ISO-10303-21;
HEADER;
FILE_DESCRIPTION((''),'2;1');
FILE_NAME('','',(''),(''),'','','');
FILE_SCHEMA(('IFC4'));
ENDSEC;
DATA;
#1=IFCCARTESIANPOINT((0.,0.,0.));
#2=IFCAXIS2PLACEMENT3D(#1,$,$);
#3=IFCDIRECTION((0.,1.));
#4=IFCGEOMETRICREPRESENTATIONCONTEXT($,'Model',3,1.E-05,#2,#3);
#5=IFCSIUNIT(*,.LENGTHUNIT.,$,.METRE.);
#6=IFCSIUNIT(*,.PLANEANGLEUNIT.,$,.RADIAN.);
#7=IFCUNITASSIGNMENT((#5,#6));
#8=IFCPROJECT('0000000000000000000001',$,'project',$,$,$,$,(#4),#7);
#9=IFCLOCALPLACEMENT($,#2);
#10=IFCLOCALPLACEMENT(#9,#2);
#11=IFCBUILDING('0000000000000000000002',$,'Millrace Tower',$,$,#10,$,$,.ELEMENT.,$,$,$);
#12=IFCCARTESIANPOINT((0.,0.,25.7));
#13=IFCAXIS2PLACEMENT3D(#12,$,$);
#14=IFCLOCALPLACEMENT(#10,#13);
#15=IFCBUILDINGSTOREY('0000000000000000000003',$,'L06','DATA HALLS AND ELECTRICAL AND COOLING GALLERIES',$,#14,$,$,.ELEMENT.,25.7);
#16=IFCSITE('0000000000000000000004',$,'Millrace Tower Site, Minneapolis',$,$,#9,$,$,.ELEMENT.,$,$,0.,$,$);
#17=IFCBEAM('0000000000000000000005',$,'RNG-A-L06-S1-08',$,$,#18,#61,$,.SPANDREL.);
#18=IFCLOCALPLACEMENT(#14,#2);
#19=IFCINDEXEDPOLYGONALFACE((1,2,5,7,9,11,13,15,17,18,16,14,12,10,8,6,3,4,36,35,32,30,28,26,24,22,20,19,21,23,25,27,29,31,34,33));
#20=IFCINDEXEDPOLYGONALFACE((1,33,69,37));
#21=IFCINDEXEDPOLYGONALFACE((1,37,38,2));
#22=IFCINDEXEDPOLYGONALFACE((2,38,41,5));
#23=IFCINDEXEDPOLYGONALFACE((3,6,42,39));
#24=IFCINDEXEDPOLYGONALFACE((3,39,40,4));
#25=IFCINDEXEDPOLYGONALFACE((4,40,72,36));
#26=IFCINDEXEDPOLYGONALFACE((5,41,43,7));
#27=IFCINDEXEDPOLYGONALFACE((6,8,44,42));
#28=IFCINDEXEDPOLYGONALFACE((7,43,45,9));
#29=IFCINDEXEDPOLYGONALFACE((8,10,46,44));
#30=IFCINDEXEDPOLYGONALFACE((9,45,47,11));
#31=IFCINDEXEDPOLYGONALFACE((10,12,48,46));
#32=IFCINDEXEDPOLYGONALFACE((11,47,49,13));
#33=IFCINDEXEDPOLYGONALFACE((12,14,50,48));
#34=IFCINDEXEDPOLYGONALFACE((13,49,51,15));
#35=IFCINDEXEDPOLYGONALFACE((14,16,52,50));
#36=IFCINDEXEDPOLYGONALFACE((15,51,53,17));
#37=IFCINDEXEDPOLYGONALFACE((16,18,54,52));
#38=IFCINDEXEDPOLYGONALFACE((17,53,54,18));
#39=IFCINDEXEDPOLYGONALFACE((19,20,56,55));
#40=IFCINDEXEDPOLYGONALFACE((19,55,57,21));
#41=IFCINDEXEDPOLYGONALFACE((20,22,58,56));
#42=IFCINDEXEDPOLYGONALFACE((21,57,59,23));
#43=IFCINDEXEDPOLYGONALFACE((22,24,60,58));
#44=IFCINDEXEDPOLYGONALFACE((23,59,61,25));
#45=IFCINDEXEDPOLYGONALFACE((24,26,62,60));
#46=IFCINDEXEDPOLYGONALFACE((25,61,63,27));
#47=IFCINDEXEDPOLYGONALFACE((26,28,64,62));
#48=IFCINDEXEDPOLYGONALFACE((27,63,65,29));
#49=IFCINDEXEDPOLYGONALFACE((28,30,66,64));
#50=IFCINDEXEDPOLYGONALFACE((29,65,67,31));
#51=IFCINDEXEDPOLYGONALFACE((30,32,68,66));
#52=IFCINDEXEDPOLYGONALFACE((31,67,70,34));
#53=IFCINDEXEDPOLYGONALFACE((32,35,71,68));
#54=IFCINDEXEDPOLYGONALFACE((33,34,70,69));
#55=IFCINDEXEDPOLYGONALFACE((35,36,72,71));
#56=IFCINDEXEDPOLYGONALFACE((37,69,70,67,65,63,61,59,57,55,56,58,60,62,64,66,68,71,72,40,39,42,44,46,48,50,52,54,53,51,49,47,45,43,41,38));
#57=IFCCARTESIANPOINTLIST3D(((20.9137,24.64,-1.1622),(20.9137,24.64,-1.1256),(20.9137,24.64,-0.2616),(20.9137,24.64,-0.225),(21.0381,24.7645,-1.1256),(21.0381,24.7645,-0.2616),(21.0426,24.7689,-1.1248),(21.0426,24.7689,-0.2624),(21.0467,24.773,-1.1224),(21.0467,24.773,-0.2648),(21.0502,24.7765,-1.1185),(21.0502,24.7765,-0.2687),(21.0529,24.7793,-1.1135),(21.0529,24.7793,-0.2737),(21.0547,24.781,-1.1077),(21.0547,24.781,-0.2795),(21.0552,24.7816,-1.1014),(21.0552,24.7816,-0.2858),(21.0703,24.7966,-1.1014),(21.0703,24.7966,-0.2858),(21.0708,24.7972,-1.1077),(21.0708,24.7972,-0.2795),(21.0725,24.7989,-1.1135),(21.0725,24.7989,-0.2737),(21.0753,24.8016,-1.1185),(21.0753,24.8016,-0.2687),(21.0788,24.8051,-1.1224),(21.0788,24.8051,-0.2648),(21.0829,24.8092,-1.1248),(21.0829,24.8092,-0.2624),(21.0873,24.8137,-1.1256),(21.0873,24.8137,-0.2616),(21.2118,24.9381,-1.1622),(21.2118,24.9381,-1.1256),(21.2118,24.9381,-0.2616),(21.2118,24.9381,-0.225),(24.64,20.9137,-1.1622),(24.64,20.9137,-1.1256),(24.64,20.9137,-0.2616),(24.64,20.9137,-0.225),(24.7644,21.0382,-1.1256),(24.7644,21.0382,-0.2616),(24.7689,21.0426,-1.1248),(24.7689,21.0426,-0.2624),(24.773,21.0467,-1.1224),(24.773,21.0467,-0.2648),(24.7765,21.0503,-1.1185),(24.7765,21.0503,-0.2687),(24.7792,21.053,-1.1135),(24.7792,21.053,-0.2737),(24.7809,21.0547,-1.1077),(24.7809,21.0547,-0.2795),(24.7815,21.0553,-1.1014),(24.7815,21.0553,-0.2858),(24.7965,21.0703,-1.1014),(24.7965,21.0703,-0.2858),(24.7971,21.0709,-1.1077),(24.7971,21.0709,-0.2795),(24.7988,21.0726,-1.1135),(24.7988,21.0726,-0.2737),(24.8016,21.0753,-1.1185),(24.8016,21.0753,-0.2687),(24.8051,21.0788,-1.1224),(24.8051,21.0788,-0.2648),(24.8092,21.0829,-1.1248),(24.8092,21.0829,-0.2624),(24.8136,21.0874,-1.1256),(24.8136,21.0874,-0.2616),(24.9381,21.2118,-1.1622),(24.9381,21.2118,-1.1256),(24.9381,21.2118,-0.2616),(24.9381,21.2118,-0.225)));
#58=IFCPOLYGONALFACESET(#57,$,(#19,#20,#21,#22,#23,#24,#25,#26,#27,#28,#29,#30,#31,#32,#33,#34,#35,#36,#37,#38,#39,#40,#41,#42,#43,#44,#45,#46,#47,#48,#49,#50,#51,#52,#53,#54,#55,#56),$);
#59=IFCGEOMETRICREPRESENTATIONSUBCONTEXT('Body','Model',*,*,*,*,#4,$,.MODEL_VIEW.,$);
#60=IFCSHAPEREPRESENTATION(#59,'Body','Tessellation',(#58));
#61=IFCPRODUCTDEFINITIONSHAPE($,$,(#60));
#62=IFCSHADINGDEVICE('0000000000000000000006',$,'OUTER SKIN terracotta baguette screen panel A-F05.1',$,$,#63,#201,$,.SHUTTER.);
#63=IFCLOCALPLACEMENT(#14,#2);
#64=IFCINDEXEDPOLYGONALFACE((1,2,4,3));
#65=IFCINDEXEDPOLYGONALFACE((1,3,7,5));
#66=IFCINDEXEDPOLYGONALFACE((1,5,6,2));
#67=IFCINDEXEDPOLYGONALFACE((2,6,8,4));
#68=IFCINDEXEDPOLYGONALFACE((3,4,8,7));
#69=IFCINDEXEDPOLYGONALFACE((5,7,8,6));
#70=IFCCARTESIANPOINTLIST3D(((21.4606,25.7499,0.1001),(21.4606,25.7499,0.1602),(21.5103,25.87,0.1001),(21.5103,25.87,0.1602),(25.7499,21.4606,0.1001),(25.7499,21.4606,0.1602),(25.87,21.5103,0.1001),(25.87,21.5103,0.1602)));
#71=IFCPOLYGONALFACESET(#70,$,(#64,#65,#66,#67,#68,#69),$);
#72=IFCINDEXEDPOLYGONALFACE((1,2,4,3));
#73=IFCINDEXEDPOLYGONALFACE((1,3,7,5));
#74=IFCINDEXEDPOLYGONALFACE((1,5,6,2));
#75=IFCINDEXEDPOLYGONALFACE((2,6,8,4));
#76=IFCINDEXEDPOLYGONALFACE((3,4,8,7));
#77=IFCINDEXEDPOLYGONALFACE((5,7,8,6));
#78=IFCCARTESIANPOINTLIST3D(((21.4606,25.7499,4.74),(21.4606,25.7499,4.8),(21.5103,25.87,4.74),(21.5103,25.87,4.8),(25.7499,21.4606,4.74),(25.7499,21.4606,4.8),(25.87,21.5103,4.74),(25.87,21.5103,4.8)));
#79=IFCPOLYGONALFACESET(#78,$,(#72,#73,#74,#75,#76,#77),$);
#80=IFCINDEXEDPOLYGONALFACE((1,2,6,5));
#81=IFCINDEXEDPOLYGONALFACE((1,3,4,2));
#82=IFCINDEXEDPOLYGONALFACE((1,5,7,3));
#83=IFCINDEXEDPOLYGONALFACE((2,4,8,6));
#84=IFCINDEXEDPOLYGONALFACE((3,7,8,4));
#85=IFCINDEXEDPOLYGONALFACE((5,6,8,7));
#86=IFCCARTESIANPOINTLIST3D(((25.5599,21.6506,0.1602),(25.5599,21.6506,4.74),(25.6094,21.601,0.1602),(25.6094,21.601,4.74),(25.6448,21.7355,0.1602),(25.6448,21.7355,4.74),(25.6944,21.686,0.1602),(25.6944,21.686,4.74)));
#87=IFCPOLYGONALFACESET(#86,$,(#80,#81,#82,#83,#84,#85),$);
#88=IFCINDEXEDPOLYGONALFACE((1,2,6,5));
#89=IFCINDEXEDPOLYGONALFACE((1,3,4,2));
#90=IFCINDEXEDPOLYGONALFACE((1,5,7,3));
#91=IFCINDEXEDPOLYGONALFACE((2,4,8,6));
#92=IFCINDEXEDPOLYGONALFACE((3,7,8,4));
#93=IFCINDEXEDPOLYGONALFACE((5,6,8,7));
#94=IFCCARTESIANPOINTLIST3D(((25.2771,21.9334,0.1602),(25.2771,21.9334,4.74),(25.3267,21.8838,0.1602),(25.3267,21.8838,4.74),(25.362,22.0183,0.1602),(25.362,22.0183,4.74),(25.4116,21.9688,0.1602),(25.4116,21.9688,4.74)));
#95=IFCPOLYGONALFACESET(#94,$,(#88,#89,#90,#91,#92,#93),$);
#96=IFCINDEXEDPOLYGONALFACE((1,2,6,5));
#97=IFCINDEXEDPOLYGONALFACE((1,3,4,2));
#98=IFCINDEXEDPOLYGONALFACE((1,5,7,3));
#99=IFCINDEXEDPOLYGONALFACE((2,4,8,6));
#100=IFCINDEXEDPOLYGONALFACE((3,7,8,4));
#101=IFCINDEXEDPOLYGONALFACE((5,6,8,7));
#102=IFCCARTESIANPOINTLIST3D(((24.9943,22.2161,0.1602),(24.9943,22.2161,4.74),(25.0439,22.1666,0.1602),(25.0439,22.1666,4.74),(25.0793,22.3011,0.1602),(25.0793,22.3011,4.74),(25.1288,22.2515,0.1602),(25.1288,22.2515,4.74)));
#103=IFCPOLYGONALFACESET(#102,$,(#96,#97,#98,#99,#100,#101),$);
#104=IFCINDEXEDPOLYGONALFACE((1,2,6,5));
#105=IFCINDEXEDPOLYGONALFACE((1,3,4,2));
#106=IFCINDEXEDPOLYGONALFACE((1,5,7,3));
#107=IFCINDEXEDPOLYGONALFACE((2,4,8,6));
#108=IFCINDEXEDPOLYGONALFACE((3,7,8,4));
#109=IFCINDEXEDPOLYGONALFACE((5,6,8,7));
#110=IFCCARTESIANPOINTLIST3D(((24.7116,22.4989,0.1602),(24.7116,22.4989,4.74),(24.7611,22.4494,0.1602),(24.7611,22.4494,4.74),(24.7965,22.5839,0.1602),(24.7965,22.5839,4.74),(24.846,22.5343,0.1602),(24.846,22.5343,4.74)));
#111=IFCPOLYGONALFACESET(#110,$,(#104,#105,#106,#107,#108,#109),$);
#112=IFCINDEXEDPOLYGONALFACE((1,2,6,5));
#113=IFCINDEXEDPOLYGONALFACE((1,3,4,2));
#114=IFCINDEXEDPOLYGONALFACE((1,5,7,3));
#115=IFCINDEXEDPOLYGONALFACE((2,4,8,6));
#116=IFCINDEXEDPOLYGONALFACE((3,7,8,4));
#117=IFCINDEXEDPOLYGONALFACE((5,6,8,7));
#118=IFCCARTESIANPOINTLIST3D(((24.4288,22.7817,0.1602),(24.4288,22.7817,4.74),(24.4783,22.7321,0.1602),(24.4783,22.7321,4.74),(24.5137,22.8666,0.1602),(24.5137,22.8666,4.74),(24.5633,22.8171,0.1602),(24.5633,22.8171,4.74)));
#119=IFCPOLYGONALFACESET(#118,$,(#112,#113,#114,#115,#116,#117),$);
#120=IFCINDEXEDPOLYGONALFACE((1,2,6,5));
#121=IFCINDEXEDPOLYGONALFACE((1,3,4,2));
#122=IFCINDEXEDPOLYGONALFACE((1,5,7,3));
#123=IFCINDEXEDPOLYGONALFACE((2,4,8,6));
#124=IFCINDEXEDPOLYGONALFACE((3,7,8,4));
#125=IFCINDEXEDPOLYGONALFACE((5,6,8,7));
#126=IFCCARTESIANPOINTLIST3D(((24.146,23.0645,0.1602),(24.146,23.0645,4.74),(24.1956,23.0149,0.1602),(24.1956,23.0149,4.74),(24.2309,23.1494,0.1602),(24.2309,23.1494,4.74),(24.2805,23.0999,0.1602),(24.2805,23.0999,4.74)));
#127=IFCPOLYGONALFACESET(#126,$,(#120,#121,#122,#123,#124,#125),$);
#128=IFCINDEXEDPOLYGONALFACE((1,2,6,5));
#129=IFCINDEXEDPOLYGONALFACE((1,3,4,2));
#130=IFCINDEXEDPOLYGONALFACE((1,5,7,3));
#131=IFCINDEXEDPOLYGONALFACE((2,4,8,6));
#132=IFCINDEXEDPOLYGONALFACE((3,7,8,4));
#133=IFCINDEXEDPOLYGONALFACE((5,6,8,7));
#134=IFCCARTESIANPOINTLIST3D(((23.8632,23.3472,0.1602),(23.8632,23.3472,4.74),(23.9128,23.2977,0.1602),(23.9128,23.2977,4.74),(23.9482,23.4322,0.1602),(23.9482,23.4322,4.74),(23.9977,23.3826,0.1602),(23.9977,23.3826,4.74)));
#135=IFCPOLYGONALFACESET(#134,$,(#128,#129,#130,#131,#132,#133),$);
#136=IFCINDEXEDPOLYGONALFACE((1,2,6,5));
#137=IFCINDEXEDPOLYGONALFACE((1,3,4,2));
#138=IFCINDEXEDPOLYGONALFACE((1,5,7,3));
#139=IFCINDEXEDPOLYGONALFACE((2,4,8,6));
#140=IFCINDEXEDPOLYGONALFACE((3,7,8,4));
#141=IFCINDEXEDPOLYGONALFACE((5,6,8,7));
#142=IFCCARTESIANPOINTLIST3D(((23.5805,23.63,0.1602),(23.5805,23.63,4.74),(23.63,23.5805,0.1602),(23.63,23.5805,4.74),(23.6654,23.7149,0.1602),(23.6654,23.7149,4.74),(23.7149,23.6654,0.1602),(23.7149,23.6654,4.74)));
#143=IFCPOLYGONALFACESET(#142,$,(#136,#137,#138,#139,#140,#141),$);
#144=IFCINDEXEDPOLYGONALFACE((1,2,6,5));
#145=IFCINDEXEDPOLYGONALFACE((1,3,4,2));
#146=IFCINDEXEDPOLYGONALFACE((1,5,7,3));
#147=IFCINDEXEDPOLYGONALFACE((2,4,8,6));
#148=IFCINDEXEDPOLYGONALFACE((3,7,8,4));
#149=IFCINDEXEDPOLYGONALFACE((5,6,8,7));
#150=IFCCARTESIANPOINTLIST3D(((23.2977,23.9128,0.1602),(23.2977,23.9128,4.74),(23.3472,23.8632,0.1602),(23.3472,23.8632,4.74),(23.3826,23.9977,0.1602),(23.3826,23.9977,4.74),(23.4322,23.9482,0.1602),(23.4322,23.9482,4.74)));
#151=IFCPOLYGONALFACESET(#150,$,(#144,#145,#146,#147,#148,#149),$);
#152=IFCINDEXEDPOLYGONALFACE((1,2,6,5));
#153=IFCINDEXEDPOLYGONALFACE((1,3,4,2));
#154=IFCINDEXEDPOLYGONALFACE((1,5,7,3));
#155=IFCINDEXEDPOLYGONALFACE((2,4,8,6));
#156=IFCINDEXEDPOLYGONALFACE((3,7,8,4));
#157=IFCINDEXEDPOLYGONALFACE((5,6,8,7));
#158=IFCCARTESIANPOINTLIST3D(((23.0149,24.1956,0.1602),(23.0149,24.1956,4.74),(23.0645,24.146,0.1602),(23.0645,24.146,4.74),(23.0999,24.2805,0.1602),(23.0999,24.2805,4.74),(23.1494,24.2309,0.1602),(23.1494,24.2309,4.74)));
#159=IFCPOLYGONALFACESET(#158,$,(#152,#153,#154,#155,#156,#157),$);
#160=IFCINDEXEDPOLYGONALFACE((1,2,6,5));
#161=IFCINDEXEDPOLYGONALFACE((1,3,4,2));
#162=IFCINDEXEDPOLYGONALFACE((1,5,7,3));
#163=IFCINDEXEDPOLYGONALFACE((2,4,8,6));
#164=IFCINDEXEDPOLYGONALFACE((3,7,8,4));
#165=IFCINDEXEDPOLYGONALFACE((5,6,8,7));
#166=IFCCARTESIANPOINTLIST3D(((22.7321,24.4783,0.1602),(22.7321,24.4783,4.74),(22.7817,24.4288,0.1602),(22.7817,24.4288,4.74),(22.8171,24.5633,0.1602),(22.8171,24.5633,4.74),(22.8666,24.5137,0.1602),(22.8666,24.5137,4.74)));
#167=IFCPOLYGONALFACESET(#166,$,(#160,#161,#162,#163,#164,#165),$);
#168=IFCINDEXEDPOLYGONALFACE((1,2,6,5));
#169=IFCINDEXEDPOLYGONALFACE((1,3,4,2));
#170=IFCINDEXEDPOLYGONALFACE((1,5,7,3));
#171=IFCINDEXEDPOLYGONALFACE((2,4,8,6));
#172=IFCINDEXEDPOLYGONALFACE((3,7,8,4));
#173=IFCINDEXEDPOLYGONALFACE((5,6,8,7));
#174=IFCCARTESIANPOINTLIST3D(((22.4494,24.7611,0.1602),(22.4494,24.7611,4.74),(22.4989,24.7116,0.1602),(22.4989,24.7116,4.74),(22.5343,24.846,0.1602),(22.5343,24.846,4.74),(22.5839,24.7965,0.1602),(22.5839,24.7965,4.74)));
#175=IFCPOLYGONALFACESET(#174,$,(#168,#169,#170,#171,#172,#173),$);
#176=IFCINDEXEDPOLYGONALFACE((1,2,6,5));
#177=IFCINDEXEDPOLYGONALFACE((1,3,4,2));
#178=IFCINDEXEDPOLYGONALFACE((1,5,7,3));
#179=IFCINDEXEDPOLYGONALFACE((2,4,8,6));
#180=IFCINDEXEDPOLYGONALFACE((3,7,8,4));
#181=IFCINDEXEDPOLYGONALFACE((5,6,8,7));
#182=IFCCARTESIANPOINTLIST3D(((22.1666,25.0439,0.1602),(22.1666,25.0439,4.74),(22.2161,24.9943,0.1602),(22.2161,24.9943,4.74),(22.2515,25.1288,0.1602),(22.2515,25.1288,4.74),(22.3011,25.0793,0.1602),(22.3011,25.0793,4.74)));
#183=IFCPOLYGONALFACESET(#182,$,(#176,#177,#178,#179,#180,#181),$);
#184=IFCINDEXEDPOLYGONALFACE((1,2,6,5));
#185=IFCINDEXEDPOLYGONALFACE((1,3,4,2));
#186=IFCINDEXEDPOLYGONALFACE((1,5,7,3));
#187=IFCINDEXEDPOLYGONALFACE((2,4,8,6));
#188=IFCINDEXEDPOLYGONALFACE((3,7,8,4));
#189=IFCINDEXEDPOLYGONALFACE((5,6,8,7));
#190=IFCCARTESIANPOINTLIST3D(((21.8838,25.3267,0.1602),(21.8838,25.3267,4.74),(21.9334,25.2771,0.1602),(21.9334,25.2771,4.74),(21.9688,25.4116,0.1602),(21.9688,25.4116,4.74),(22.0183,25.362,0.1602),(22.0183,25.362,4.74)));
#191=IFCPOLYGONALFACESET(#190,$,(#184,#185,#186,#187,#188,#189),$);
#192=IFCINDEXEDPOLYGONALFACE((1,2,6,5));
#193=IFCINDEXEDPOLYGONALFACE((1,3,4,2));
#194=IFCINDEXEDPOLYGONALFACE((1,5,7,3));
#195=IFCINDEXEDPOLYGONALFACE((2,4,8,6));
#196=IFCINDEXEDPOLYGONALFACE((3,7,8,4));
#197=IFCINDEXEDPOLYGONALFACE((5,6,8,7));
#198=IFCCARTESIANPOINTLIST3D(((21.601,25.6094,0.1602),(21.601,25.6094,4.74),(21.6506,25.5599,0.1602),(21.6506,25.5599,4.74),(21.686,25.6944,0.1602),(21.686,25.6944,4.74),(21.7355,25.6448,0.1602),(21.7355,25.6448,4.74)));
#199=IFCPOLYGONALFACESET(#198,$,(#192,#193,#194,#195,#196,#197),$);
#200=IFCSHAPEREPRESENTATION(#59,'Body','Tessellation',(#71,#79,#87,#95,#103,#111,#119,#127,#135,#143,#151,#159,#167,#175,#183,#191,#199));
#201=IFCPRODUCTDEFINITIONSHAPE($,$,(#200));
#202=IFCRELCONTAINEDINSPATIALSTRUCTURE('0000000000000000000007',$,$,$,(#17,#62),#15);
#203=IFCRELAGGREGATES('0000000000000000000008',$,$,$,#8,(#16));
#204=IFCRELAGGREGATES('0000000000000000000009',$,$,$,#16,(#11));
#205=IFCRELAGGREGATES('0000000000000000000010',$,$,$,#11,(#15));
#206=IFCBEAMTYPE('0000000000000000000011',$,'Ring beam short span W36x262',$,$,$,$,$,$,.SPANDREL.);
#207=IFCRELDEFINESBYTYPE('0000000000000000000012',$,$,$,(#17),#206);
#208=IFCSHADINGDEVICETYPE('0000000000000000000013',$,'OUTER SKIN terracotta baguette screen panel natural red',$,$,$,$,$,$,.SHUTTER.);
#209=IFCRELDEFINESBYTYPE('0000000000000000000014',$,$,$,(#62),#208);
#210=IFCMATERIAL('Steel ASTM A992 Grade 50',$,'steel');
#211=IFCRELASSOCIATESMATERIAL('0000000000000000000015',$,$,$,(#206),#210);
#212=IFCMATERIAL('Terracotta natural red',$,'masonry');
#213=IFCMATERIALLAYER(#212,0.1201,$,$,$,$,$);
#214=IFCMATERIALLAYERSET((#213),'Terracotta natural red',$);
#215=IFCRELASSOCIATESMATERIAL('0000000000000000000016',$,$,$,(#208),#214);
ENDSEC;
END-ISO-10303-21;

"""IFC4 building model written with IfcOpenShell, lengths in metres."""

from ifc_helpers import new_model, entity, si_unit, direction, frame, frame_2d, origin, origin_2d, place, context, subcontext, project, spatial, rectangle, i_section, extrude, source, transform, mapped, material, layer, layer_set, material_profile, profile_set, type_object, element, save


model = new_model("IFC4")

# Units and contexts
model_context = context("Model", 3, precision=1e-05, world=origin(), true_north=direction((0.0, 1.0)))
body_context = subcontext(model_context, "Body", "Model", "MODEL_VIEW")
ifc_project = project(units=[si_unit("LENGTHUNIT", "METRE"), si_unit("PLANEANGLEUNIT", "RADIAN")], contexts=[model_context])

# Site, building, storey
site_placement = place(None, origin())
site = spatial("IfcSite", under=ifc_project, at=site_placement, Name="Millrace Tower Site, Minneapolis", CompositionType="ELEMENT", RefElevation=0.0)
building_placement = place(site_placement, origin())
building = spatial("IfcBuilding", under=site, at=building_placement, Name="Millrace Tower", CompositionType="ELEMENT")
storey_placement = place(building_placement, frame((0.0, 0.0, 25.7)))
storey = spatial("IfcBuildingStorey", under=building, at=storey_placement, Name="L06", Description="DATA HALLS AND ELECTRICAL AND COOLING GALLERIES", CompositionType="ELEMENT", Elevation=25.7)

# Beam
ifc_material_1 = material(Name="Steel ASTM A992 Grade 50", Category="steel")
ifc_material_profile_1 = material_profile(ifc_material_1, i_section(OverallWidth=0.4216, OverallDepth=0.9373, WebThickness=0.0212, FlangeThickness=0.0366, FilletRadius=0.0242, at=origin_2d()))
ifc_profile_set_1 = profile_set([ifc_material_profile_1], Name="Steel ASTM A992 Grade 50")
beam_type_1 = type_object("IfcBeamType", Name="Ring beam short span W36x262", PredefinedType="SPANDREL", material=ifc_profile_set_1)
beam_1_placement = place(storey_placement, frame((21.0627, 24.7891, -0.6936), z_axis=(0.707107, -0.707107, 0.0), x_axis=(0.707107, 0.707107, 0.0)))
element("IfcBeam", 1, at=beam_1_placement, inside=storey, type_object=beam_type_1, Name="RNG-A-L06-S1-08", PredefinedType="SPANDREL", context=body_context, shape_type="SweptSolid", body=[
    extrude(i_section(OverallWidth=0.4216, OverallDepth=0.9373, WebThickness=0.0212, FlangeThickness=0.0366, FilletRadius=0.0242, at=origin_2d()), origin(), (0.0, 0.0, 1.0), 5.2698),
])

# Shading device
ifc_material_2 = material(Name="Terracotta natural red", Category="masonry")
ifc_layer_1 = layer(ifc_material_2, 0.1201)
ifc_layer_set_1 = layer_set([ifc_layer_1], Name="Terracotta natural red")
shading_device_type_1 = type_object("IfcShadingDeviceType", Name="OUTER SKIN terracotta baguette screen panel natural red", PredefinedType="SHUTTER", material=ifc_layer_set_1)
cartesian_point_1 = entity("IfcCartesianPoint", [-3.033, 0.0601])
shared_polyline_1 = entity("IfcPolyline", [cartesian_point_1, entity("IfcCartesianPoint", [3.033, 0.0601]), entity("IfcCartesianPoint", [3.0828, -0.0601]), entity("IfcCartesianPoint", [-3.0828, -0.0601]), cartesian_point_1])
shared_shape_1 = source(origin(), body_context, "Body", "SweptSolid", [
    entity("IfcExtrudedAreaSolid", entity("IfcArbitraryClosedProfileDef", "AREA", None, shared_polyline_1), entity("IfcAxis2Placement3D", entity("IfcCartesianPoint", [0.0, 0.0, 0.0])), entity("IfcDirection", [0.0, 0.0, 1.0]), 0.0601),
    entity("IfcExtrudedAreaSolid", entity("IfcArbitraryClosedProfileDef", "AREA", None, shared_polyline_1), entity("IfcAxis2Placement3D", entity("IfcCartesianPoint", [0.0, 0.0, 4.6399])), entity("IfcDirection", [0.0, 0.0, 1.0]), 0.0601),
    extrude(rectangle(XDim=0.0701, YDim=0.1201, at=frame_2d((-2.7993, 0.0))), frame((0.0, 0.0, 0.0601)), (0.0, 0.0, 1.0), 4.5798),
    extrude(rectangle(XDim=0.0701, YDim=0.1201, at=frame_2d((-2.3994, 0.0))), frame((0.0, 0.0, 0.0601)), (0.0, 0.0, 1.0), 4.5798),
    extrude(rectangle(XDim=0.0701, YDim=0.1201, at=frame_2d((-1.9995, 0.0))), frame((0.0, 0.0, 0.0601)), (0.0, 0.0, 1.0), 4.5798),
    extrude(rectangle(XDim=0.0701, YDim=0.1201, at=frame_2d((-1.5996, 0.0))), frame((0.0, 0.0, 0.0601)), (0.0, 0.0, 1.0), 4.5798),
    extrude(rectangle(XDim=0.0701, YDim=0.1201, at=frame_2d((-1.1997, 0.0))), frame((0.0, 0.0, 0.0601)), (0.0, 0.0, 1.0), 4.5798),
    extrude(rectangle(XDim=0.0701, YDim=0.1201, at=frame_2d((-0.7998, 0.0))), frame((0.0, 0.0, 0.0601)), (0.0, 0.0, 1.0), 4.5798),
    extrude(rectangle(XDim=0.0701, YDim=0.1201, at=frame_2d((-0.3999, 0.0))), frame((0.0, 0.0, 0.0601)), (0.0, 0.0, 1.0), 4.5798),
    extrude(rectangle(XDim=0.0701, YDim=0.1201, at=origin_2d()), frame((0.0, 0.0, 0.0601)), (0.0, 0.0, 1.0), 4.5798),
    extrude(rectangle(XDim=0.0701, YDim=0.1201, at=frame_2d((0.3999, 0.0))), frame((0.0, 0.0, 0.0601)), (0.0, 0.0, 1.0), 4.5798),
    extrude(rectangle(XDim=0.0701, YDim=0.1201, at=frame_2d((0.7998, 0.0))), frame((0.0, 0.0, 0.0601)), (0.0, 0.0, 1.0), 4.5798),
    extrude(rectangle(XDim=0.0701, YDim=0.1201, at=frame_2d((1.1997, 0.0))), frame((0.0, 0.0, 0.0601)), (0.0, 0.0, 1.0), 4.5798),
    extrude(rectangle(XDim=0.0701, YDim=0.1201, at=frame_2d((1.5996, 0.0))), frame((0.0, 0.0, 0.0601)), (0.0, 0.0, 1.0), 4.5798),
    extrude(rectangle(XDim=0.0701, YDim=0.1201, at=frame_2d((1.9995, 0.0))), frame((0.0, 0.0, 0.0601)), (0.0, 0.0, 1.0), 4.5798),
    extrude(rectangle(XDim=0.0701, YDim=0.1201, at=frame_2d((2.3994, 0.0))), frame((0.0, 0.0, 0.0601)), (0.0, 0.0, 1.0), 4.5798),
    extrude(rectangle(XDim=0.0701, YDim=0.1201, at=frame_2d((2.7993, 0.0))), frame((0.0, 0.0, 0.0601)), (0.0, 0.0, 1.0), 4.5798),
])
shading_device_1_placement = place(storey_placement, frame((23.6477, 23.6477, 0.1001), z_axis=(0.0, 0.0, 1.0), x_axis=(-0.707107, 0.707107, 0.0)))
element("IfcShadingDevice", 2, at=shading_device_1_placement, inside=storey, type_object=shading_device_type_1, Name="OUTER SKIN terracotta baguette screen panel A-F05.1", PredefinedType="SHUTTER", context=body_context, shape_type="MappedRepresentation", body=[
    mapped(shared_shape_1, transform((0.0, 0.0, 0.0), scale=1.0)),
])

save(model, "model.ifc")
